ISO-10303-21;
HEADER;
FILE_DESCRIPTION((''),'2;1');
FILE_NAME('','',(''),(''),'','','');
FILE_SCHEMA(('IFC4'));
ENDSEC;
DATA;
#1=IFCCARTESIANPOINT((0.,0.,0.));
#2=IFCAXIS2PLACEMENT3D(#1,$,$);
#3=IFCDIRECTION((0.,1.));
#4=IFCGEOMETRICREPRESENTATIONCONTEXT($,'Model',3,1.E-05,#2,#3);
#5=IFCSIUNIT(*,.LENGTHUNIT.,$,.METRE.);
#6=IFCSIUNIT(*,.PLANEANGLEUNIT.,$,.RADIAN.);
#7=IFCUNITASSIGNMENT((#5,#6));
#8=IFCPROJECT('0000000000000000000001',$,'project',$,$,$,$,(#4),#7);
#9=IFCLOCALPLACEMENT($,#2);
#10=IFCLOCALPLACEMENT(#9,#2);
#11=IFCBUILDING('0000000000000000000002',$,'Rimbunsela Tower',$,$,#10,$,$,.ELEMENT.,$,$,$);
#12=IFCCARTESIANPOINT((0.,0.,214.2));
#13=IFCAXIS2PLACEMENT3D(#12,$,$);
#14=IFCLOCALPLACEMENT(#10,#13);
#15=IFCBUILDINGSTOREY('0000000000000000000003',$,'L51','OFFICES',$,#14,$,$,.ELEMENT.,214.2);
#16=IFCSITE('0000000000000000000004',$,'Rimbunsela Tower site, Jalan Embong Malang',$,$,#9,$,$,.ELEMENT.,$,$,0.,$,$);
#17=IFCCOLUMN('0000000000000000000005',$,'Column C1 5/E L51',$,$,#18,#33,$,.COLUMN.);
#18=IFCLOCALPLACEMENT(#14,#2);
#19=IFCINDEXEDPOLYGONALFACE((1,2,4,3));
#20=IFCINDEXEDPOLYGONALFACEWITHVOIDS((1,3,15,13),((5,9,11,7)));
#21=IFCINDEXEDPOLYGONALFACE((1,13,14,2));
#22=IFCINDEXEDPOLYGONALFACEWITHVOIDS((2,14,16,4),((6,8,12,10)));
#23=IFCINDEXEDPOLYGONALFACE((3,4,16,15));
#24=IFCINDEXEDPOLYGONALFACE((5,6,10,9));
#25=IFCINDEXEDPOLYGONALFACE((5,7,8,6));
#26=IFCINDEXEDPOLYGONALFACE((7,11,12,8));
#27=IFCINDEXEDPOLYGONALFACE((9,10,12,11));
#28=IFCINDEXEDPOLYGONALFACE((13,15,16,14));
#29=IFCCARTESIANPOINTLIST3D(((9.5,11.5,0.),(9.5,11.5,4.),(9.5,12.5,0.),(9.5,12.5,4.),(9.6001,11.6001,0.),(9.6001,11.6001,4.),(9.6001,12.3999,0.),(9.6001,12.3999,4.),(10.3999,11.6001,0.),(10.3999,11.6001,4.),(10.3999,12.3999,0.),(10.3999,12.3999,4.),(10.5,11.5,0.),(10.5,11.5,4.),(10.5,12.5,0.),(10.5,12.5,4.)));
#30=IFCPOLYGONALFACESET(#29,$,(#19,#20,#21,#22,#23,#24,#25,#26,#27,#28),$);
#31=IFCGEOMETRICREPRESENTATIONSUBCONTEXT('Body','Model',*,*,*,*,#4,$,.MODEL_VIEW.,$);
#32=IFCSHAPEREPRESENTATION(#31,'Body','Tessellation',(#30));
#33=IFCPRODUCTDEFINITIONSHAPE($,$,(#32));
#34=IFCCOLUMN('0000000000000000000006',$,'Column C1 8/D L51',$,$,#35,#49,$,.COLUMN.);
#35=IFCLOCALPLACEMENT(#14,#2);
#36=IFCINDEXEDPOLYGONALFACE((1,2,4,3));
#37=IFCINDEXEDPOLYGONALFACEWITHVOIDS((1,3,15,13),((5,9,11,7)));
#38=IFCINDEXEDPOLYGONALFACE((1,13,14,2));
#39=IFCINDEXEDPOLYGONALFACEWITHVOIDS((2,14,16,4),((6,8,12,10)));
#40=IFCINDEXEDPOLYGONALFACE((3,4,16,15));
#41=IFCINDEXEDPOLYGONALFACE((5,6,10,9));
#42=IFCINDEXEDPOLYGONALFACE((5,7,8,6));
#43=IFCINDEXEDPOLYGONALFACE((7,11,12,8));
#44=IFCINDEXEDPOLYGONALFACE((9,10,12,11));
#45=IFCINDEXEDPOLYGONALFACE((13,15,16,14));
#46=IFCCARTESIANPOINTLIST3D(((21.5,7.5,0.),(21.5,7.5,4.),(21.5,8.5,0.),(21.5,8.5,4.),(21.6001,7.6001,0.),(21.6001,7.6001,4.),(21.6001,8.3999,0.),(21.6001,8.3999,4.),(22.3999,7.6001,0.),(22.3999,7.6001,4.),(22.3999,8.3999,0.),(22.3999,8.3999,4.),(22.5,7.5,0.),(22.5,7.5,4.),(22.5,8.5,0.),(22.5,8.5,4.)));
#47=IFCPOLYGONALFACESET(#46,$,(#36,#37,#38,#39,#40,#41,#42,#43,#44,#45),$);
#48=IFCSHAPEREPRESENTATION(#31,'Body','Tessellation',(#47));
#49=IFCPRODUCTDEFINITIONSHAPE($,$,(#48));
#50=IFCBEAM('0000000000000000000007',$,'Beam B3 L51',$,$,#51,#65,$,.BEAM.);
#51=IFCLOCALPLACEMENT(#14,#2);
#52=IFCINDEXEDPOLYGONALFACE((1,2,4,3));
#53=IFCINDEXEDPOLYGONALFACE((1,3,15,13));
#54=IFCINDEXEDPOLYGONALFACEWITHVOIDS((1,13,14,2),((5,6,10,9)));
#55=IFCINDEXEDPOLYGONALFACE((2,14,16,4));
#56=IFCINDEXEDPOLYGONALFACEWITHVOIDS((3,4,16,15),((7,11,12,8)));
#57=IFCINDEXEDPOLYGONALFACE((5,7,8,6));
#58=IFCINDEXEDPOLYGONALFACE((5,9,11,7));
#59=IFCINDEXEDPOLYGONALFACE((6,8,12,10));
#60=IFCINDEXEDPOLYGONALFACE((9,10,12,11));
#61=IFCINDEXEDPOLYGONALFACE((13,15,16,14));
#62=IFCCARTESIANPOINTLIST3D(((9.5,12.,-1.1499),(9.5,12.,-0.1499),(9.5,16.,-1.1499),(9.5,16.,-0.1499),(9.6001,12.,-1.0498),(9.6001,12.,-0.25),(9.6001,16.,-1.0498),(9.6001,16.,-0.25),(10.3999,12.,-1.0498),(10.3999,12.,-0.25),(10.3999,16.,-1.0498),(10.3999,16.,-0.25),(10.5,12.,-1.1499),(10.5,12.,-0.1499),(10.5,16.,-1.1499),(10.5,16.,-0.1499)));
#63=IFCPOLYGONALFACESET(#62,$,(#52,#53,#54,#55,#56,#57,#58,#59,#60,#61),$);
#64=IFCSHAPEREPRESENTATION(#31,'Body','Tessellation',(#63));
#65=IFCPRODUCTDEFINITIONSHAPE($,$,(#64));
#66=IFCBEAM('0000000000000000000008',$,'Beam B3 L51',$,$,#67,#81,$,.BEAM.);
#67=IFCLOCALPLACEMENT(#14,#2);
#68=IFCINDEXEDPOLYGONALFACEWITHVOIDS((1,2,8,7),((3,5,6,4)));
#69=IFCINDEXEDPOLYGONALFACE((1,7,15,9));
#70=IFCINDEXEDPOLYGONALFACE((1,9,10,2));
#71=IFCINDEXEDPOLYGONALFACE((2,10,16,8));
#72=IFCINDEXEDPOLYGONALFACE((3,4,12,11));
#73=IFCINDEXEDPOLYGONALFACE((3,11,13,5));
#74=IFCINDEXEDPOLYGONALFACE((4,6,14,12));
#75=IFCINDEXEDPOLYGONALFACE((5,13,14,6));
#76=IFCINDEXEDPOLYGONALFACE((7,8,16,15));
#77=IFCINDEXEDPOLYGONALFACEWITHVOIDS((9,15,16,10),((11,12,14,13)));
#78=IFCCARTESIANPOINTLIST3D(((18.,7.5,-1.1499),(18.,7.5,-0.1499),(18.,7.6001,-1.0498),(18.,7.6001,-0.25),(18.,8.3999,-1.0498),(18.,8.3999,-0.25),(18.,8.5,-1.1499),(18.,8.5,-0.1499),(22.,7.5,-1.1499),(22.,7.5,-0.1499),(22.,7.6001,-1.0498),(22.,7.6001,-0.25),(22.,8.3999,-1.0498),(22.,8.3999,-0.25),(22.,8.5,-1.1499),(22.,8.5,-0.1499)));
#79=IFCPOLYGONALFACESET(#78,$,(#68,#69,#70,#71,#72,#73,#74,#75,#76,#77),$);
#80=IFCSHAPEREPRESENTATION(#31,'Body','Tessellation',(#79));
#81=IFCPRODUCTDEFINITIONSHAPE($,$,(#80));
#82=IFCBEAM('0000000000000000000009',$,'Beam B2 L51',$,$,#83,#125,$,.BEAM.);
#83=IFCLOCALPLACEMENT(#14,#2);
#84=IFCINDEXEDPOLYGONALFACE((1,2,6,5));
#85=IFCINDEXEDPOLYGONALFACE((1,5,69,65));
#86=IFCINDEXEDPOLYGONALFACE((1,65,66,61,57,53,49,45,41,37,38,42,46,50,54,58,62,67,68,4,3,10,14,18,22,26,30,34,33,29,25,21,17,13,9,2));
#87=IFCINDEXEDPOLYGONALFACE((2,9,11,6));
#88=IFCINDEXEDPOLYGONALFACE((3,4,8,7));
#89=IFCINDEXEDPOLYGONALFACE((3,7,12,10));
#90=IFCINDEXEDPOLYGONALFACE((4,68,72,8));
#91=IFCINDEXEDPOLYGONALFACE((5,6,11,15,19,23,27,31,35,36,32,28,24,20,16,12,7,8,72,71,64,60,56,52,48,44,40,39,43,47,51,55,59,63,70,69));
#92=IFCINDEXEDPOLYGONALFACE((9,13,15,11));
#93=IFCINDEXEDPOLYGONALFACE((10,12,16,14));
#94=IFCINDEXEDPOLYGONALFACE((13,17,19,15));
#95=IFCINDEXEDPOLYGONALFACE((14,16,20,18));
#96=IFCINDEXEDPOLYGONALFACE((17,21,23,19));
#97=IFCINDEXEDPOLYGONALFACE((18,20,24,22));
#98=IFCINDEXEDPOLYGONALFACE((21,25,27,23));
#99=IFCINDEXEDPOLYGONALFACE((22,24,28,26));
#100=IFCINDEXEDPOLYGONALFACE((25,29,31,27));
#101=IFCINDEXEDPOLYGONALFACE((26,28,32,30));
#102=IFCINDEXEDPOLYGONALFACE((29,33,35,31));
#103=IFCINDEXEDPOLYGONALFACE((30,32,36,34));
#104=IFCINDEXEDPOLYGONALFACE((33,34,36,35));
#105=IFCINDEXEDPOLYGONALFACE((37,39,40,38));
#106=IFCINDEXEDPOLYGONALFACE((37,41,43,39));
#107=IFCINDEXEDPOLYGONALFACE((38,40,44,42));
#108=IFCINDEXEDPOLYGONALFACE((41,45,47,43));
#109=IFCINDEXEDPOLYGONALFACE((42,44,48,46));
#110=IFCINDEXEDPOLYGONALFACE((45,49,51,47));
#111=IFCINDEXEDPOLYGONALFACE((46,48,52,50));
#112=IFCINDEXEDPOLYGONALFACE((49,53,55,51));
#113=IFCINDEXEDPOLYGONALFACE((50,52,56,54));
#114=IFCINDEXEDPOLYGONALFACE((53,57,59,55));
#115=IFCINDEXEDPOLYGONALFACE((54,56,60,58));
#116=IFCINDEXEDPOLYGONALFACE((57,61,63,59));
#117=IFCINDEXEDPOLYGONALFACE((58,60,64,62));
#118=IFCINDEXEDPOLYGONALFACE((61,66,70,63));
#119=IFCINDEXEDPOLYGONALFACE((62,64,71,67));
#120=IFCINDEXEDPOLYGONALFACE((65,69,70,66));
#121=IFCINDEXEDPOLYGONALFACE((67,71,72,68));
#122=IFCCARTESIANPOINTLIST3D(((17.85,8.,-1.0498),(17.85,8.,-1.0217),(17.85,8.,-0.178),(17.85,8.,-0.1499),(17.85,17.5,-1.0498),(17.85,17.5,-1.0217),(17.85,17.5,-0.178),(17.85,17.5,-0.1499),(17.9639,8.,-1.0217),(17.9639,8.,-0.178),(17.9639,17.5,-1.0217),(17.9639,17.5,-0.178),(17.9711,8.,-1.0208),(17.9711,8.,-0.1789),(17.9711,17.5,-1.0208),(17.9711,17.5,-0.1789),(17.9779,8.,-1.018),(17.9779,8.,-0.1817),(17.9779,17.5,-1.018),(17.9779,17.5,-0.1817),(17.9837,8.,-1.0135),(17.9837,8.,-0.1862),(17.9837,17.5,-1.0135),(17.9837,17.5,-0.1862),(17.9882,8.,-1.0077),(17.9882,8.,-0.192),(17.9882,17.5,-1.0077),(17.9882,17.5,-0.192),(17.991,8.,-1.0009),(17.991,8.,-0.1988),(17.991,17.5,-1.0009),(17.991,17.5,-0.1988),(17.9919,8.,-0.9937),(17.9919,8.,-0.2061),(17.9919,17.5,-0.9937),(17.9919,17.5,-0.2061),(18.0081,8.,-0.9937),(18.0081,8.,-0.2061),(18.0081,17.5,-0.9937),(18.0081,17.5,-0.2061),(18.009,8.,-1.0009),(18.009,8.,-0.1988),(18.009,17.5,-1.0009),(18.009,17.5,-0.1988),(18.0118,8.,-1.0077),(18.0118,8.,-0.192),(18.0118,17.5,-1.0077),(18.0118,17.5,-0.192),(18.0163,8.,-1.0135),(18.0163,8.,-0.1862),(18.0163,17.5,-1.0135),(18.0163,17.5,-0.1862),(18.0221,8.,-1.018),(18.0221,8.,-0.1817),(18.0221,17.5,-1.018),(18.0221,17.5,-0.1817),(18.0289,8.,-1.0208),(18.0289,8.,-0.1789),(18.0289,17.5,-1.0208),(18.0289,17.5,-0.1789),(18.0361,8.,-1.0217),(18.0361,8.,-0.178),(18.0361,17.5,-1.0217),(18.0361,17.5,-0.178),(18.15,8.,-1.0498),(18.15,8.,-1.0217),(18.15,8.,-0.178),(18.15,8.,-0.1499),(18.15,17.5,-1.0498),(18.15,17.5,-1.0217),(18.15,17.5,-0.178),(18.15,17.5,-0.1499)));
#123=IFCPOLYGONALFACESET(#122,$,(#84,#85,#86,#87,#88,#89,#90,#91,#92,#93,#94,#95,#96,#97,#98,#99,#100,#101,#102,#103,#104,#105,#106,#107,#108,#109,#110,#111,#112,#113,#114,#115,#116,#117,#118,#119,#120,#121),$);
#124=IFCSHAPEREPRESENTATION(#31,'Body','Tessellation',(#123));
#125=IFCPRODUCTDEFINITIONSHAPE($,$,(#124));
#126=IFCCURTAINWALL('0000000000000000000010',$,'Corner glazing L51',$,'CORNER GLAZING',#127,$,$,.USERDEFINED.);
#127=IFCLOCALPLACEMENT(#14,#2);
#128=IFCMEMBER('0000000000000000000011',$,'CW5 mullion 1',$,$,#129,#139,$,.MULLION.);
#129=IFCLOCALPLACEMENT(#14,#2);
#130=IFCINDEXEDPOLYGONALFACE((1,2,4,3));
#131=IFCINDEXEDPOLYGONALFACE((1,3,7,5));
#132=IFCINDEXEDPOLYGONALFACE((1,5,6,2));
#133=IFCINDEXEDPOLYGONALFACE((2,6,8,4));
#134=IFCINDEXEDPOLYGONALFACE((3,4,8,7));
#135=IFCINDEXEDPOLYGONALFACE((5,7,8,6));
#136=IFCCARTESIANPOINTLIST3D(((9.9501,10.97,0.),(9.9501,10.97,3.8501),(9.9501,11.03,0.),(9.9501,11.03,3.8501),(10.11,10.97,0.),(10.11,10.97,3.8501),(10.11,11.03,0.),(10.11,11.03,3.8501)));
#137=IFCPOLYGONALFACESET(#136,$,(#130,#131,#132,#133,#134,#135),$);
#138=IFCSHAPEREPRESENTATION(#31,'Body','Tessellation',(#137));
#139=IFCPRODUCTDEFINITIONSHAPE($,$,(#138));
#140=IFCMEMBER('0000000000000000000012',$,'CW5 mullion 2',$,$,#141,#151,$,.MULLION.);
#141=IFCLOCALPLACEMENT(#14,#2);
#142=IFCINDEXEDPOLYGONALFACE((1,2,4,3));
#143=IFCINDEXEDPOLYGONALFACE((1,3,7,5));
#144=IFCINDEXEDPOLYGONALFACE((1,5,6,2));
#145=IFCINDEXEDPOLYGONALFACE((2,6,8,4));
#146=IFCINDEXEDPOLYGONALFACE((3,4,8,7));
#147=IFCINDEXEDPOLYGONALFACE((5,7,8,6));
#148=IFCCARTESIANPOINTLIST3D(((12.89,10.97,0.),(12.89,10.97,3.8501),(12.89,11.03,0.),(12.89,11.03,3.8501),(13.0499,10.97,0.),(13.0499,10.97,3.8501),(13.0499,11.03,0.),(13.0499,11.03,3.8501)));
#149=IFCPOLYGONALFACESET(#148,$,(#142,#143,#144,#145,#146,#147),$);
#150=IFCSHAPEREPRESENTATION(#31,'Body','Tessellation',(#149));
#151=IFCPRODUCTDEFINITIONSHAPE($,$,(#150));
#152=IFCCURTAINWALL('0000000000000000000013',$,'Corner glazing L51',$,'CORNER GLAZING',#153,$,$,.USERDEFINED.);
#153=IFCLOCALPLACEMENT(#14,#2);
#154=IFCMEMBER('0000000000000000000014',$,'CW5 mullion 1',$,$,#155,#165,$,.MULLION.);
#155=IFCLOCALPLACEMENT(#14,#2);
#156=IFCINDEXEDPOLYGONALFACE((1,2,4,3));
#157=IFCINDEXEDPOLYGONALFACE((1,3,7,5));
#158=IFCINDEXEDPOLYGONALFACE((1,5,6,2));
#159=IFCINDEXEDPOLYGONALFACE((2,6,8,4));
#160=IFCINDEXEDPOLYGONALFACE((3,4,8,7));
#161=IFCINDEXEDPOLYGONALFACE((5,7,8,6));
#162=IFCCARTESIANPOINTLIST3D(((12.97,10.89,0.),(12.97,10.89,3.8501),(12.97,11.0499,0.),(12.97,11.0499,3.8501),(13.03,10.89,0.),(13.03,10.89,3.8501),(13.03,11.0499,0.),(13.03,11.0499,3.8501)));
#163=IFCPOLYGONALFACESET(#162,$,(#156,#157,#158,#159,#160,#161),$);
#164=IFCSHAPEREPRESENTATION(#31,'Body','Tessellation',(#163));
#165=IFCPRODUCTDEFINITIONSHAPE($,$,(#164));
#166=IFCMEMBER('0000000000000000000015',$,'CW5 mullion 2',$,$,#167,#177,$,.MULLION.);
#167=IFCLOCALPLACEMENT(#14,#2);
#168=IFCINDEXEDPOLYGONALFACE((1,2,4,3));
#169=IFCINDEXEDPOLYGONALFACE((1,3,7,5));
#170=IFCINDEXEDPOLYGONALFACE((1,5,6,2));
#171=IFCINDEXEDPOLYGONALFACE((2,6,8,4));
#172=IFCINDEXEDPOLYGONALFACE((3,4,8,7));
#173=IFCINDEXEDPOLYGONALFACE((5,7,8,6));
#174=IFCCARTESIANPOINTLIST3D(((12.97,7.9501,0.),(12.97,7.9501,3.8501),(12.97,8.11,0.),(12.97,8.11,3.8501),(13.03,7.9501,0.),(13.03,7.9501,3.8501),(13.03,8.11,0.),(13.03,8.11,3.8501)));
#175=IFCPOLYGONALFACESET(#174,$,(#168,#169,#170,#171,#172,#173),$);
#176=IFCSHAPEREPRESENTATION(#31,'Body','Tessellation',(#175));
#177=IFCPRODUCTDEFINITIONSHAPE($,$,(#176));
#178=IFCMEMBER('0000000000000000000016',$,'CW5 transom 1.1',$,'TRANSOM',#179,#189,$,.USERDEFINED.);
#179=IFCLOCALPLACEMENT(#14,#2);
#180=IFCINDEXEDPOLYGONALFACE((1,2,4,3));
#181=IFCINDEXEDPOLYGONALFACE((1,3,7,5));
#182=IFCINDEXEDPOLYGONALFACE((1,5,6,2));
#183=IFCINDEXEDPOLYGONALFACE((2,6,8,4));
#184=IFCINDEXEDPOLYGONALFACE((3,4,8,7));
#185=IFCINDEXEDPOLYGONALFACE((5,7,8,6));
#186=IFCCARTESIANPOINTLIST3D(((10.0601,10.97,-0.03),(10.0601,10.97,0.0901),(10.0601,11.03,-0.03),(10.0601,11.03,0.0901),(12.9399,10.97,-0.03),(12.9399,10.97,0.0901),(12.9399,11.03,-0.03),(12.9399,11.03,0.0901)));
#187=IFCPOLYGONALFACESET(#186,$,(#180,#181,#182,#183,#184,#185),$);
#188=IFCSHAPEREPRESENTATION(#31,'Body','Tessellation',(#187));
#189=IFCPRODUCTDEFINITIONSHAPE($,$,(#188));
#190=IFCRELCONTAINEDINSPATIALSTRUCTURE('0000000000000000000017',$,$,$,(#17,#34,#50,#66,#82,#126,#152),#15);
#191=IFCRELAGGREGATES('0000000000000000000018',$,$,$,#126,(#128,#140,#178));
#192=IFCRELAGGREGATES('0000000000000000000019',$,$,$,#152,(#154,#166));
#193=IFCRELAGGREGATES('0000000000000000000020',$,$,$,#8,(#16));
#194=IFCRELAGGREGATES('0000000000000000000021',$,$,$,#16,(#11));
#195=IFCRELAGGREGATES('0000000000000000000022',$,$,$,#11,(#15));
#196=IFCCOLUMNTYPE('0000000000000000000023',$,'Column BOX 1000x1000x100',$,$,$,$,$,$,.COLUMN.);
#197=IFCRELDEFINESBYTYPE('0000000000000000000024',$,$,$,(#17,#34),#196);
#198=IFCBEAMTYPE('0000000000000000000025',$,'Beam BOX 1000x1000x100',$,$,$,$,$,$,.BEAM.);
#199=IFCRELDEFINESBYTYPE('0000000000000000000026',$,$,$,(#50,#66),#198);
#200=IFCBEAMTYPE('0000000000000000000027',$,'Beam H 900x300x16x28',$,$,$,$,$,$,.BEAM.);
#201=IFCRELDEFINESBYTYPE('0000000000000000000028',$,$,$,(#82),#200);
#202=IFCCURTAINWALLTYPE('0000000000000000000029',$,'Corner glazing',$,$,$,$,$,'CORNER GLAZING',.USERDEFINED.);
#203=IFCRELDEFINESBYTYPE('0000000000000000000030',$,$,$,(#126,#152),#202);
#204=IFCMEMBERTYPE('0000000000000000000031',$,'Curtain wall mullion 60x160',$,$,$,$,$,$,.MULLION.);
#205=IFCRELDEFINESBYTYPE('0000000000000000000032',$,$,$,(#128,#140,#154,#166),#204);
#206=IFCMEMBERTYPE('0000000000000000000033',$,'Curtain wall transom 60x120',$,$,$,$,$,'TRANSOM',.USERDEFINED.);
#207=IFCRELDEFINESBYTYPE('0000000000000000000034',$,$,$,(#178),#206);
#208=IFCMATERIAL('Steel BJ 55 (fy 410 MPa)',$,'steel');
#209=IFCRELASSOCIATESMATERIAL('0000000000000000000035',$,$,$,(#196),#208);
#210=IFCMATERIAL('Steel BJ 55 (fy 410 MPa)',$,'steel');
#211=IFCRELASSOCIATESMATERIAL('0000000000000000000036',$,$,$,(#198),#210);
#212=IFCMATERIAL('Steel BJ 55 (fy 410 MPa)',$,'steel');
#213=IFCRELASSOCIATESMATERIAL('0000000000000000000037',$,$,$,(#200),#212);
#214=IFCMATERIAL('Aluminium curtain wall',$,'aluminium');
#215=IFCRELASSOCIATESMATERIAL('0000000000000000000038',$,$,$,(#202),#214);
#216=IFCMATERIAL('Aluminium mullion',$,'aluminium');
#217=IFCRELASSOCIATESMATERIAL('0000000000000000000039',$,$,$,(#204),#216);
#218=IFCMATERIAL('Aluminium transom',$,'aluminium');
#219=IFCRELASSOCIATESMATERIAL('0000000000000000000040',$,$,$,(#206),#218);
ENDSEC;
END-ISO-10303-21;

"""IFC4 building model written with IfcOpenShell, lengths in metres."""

from ifc_helpers import new_model, si_unit, direction, frame, origin, origin_2d, place, context, subcontext, project, spatial, rectangle, hollow_rectangle, i_section, extrude, material, material_profile, profile_set, type_object, element, aggregate, save


model = new_model("IFC4")

# Units and contexts
model_context = context("Model", 3, precision=1e-05, world=origin(), true_north=direction((0.0, 1.0)))
body_context = subcontext(model_context, "Body", "Model", "MODEL_VIEW")
ifc_project = project(units=[si_unit("LENGTHUNIT", "METRE"), si_unit("PLANEANGLEUNIT", "RADIAN")], contexts=[model_context])

# Site, building, storey
site_placement = place(None, origin())
site = spatial("IfcSite", under=ifc_project, at=site_placement, Name="Rimbunsela Tower site, Jalan Embong Malang", CompositionType="ELEMENT", RefElevation=0.0)
building_placement = place(site_placement, origin())
building = spatial("IfcBuilding", under=site, at=building_placement, Name="Rimbunsela Tower", CompositionType="ELEMENT")
storey_placement = place(building_placement, frame((0.0, 0.0, 214.2)))
storey = spatial("IfcBuildingStorey", under=building, at=storey_placement, Name="L51", Description="OFFICES", CompositionType="ELEMENT", Elevation=214.2)

# Columns
ifc_material_1 = material(Name="Steel BJ 55 (fy 410 MPa)", Category="steel")
ifc_material_profile_1 = material_profile(ifc_material_1, hollow_rectangle(XDim=1.0, YDim=1.0, WallThickness=0.1001, at=origin_2d()), Name="BOX 1000x1000x100")
ifc_profile_set_1 = profile_set([ifc_material_profile_1], Name="Steel BJ 55 (fy 410 MPa)")
column_type = type_object("IfcColumnType", Name="Column BOX 1000x1000x100", PredefinedType="COLUMN", material=ifc_profile_set_1)
for number, where, z_axis, x_axis, name in (
    (1, (10.0, 12.0, 0.0), (0.0, 0.0, 1.0), (1.0, 0.0, 0.0), "Column C1 5/E L51"),
    (2, (22.0, 8.0, 0.0), (0.0, 0.0, 1.0), (1.0, 0.0, 0.0), "Column C1 8/D L51"),
):
    element("IfcColumn", number, at=place(storey_placement, frame(where, z_axis=z_axis, x_axis=x_axis)), inside=storey, type_object=column_type, Name=name, PredefinedType="COLUMN", context=body_context, shape_type="SweptSolid", body=[
        extrude(hollow_rectangle(XDim=1.0, YDim=1.0, WallThickness=0.1001, at=origin_2d()), origin(), (0.0, 0.0, 1.0), 4.0),
    ])

# Beams
ifc_material_2 = material(Name="Steel BJ 55 (fy 410 MPa)", Category="steel")
ifc_material_profile_2 = material_profile(ifc_material_2, hollow_rectangle(XDim=1.0, YDim=1.0, WallThickness=0.1001, at=origin_2d()), Name="BOX 1000x1000x100")
ifc_profile_set_2 = profile_set([ifc_material_profile_2], Name="Steel BJ 55 (fy 410 MPa)")
beam_type_1 = type_object("IfcBeamType", Name="Beam BOX 1000x1000x100", PredefinedType="BEAM", material=ifc_profile_set_2)
for number, where, z_axis, x_axis, name in (
    (3, (10.0, 12.0, -0.6499), (0.0, 1.0, 0.0), (-1.0, 0.0, 0.0), "Beam B3 L51"),
    (4, (18.0, 8.0, -0.6499), (1.0, 0.0, 0.0), (0.0, 1.0, 0.0), "Beam B3 L51"),
):
    element("IfcBeam", number, at=place(storey_placement, frame(where, z_axis=z_axis, x_axis=x_axis)), inside=storey, type_object=beam_type_1, Name=name, PredefinedType="BEAM", context=body_context, shape_type="SweptSolid", body=[
        extrude(hollow_rectangle(XDim=1.0, YDim=1.0, WallThickness=0.1001, at=origin_2d()), origin(), (0.0, 0.0, 1.0), 4.0),
    ])
ifc_material_3 = material(Name="Steel BJ 55 (fy 410 MPa)", Category="steel")
ifc_material_profile_3 = material_profile(ifc_material_3, i_section(OverallWidth=0.3, OverallDepth=0.8999, WebThickness=0.0161, FlangeThickness=0.0281, FilletRadius=0.0281, at=origin_2d()), Name="H 900x300x16x28")
ifc_profile_set_3 = profile_set([ifc_material_profile_3], Name="Steel BJ 55 (fy 410 MPa)")
beam_type_2 = type_object("IfcBeamType", Name="Beam H 900x300x16x28", PredefinedType="BEAM", material=ifc_profile_set_3)
beam_placement = place(storey_placement, frame((18.0, 8.0, -0.5999), z_axis=(0.0, 1.0, 0.0), x_axis=(-1.0, 0.0, 0.0)))
element("IfcBeam", 5, at=beam_placement, inside=storey, type_object=beam_type_2, Name="Beam B2 L51", PredefinedType="BEAM", context=body_context, shape_type="SweptSolid", body=[
    extrude(i_section(OverallWidth=0.3, OverallDepth=0.8999, WebThickness=0.0161, FlangeThickness=0.0281, FilletRadius=0.0281, at=origin_2d()), origin(), (0.0, 0.0, 1.0), 9.5),
])

# Curtain walls, members
ifc_material_4 = material(Name="Aluminium curtain wall", Category="aluminium")
curtain_wall_type = type_object("IfcCurtainWallType", Name="Corner glazing", ElementType="CORNER GLAZING", PredefinedType="USERDEFINED", material=ifc_material_4)
curtain_wall_1_placement = place(storey_placement, origin())
curtain_wall_1 = element("IfcCurtainWall", 6, at=curtain_wall_1_placement, inside=storey, type_object=curtain_wall_type, Name="Corner glazing L51", ObjectType="CORNER GLAZING", PredefinedType="USERDEFINED")
ifc_material_5 = material(Name="Aluminium mullion", Category="aluminium")
ifc_material_profile_4 = material_profile(ifc_material_5, rectangle(XDim=0.0601, YDim=0.1599, at=origin_2d()), Name="Mullion 60x160")
ifc_profile_set_4 = profile_set([ifc_material_profile_4], Name="Aluminium mullion")
member_type_1 = type_object("IfcMemberType", Name="Curtain wall mullion 60x160", PredefinedType="MULLION", material=ifc_profile_set_4)
member_1_placement = place(storey_placement, frame((10.03, 11.0, 0.0), z_axis=(0.0, 0.0, 1.0), x_axis=(0.0, 1.0, 0.0)))
member_1 = element("IfcMember", 7, at=member_1_placement, type_object=member_type_1, Name="CW5 mullion 1", PredefinedType="MULLION", context=body_context, shape_type="SweptSolid", body=[
    extrude(rectangle(XDim=0.0601, YDim=0.1599, at=origin_2d()), origin(), (0.0, 0.0, 1.0), 3.8501),
])
member_2_placement = place(storey_placement, frame((12.97, 11.0, 0.0), z_axis=(0.0, 0.0, 1.0), x_axis=(0.0, 1.0, 0.0)))
member_2 = element("IfcMember", 8, at=member_2_placement, type_object=member_type_1, Name="CW5 mullion 2", PredefinedType="MULLION", context=body_context, shape_type="SweptSolid", body=[
    extrude(rectangle(XDim=0.0601, YDim=0.1599, at=origin_2d()), origin(), (0.0, 0.0, 1.0), 3.8501),
])
curtain_wall_2_placement = place(storey_placement, origin())
curtain_wall_2 = element("IfcCurtainWall", 9, at=curtain_wall_2_placement, inside=storey, type_object=curtain_wall_type, Name="Corner glazing L51", ObjectType="CORNER GLAZING", PredefinedType="USERDEFINED")
member_3_placement = place(storey_placement, frame((13.0, 10.97, 0.0), z_axis=(0.0, 0.0, 1.0), x_axis=(1.0, 0.0, 0.0)))
member_3 = element("IfcMember", 10, at=member_3_placement, type_object=member_type_1, Name="CW5 mullion 1", PredefinedType="MULLION", context=body_context, shape_type="SweptSolid", body=[
    extrude(rectangle(XDim=0.0601, YDim=0.1599, at=origin_2d()), origin(), (0.0, 0.0, 1.0), 3.8501),
])
member_4_placement = place(storey_placement, frame((13.0, 8.03, 0.0), z_axis=(0.0, 0.0, 1.0), x_axis=(1.0, 0.0, 0.0)))
member_4 = element("IfcMember", 11, at=member_4_placement, type_object=member_type_1, Name="CW5 mullion 2", PredefinedType="MULLION", context=body_context, shape_type="SweptSolid", body=[
    extrude(rectangle(XDim=0.0601, YDim=0.1599, at=origin_2d()), origin(), (0.0, 0.0, 1.0), 3.8501),
])

# Member
ifc_material_6 = material(Name="Aluminium transom", Category="aluminium")
ifc_material_profile_5 = material_profile(ifc_material_6, rectangle(XDim=0.0601, YDim=0.1201, at=origin_2d()), Name="Transom 60x120")
ifc_profile_set_5 = profile_set([ifc_material_profile_5], Name="Aluminium transom")
member_type_2 = type_object("IfcMemberType", Name="Curtain wall transom 60x120", ElementType="TRANSOM", PredefinedType="USERDEFINED", material=ifc_profile_set_5)
member_5_placement = place(storey_placement, frame((10.0601, 11.0, 0.03), z_axis=(1.0, 0.0, 0.0), x_axis=(0.0, 1.0, 0.0)))
member_5 = element("IfcMember", 12, at=member_5_placement, type_object=member_type_2, Name="CW5 transom 1.1", ObjectType="TRANSOM", PredefinedType="USERDEFINED", context=body_context, shape_type="SweptSolid", body=[
    extrude(rectangle(XDim=0.0601, YDim=0.1201, at=origin_2d()), origin(), (0.0, 0.0, 1.0), 2.8799),
])

aggregate(curtain_wall_1, [member_1, member_2, member_5])
aggregate(curtain_wall_2, [member_3, member_4])

save(model, "model.ifc")
